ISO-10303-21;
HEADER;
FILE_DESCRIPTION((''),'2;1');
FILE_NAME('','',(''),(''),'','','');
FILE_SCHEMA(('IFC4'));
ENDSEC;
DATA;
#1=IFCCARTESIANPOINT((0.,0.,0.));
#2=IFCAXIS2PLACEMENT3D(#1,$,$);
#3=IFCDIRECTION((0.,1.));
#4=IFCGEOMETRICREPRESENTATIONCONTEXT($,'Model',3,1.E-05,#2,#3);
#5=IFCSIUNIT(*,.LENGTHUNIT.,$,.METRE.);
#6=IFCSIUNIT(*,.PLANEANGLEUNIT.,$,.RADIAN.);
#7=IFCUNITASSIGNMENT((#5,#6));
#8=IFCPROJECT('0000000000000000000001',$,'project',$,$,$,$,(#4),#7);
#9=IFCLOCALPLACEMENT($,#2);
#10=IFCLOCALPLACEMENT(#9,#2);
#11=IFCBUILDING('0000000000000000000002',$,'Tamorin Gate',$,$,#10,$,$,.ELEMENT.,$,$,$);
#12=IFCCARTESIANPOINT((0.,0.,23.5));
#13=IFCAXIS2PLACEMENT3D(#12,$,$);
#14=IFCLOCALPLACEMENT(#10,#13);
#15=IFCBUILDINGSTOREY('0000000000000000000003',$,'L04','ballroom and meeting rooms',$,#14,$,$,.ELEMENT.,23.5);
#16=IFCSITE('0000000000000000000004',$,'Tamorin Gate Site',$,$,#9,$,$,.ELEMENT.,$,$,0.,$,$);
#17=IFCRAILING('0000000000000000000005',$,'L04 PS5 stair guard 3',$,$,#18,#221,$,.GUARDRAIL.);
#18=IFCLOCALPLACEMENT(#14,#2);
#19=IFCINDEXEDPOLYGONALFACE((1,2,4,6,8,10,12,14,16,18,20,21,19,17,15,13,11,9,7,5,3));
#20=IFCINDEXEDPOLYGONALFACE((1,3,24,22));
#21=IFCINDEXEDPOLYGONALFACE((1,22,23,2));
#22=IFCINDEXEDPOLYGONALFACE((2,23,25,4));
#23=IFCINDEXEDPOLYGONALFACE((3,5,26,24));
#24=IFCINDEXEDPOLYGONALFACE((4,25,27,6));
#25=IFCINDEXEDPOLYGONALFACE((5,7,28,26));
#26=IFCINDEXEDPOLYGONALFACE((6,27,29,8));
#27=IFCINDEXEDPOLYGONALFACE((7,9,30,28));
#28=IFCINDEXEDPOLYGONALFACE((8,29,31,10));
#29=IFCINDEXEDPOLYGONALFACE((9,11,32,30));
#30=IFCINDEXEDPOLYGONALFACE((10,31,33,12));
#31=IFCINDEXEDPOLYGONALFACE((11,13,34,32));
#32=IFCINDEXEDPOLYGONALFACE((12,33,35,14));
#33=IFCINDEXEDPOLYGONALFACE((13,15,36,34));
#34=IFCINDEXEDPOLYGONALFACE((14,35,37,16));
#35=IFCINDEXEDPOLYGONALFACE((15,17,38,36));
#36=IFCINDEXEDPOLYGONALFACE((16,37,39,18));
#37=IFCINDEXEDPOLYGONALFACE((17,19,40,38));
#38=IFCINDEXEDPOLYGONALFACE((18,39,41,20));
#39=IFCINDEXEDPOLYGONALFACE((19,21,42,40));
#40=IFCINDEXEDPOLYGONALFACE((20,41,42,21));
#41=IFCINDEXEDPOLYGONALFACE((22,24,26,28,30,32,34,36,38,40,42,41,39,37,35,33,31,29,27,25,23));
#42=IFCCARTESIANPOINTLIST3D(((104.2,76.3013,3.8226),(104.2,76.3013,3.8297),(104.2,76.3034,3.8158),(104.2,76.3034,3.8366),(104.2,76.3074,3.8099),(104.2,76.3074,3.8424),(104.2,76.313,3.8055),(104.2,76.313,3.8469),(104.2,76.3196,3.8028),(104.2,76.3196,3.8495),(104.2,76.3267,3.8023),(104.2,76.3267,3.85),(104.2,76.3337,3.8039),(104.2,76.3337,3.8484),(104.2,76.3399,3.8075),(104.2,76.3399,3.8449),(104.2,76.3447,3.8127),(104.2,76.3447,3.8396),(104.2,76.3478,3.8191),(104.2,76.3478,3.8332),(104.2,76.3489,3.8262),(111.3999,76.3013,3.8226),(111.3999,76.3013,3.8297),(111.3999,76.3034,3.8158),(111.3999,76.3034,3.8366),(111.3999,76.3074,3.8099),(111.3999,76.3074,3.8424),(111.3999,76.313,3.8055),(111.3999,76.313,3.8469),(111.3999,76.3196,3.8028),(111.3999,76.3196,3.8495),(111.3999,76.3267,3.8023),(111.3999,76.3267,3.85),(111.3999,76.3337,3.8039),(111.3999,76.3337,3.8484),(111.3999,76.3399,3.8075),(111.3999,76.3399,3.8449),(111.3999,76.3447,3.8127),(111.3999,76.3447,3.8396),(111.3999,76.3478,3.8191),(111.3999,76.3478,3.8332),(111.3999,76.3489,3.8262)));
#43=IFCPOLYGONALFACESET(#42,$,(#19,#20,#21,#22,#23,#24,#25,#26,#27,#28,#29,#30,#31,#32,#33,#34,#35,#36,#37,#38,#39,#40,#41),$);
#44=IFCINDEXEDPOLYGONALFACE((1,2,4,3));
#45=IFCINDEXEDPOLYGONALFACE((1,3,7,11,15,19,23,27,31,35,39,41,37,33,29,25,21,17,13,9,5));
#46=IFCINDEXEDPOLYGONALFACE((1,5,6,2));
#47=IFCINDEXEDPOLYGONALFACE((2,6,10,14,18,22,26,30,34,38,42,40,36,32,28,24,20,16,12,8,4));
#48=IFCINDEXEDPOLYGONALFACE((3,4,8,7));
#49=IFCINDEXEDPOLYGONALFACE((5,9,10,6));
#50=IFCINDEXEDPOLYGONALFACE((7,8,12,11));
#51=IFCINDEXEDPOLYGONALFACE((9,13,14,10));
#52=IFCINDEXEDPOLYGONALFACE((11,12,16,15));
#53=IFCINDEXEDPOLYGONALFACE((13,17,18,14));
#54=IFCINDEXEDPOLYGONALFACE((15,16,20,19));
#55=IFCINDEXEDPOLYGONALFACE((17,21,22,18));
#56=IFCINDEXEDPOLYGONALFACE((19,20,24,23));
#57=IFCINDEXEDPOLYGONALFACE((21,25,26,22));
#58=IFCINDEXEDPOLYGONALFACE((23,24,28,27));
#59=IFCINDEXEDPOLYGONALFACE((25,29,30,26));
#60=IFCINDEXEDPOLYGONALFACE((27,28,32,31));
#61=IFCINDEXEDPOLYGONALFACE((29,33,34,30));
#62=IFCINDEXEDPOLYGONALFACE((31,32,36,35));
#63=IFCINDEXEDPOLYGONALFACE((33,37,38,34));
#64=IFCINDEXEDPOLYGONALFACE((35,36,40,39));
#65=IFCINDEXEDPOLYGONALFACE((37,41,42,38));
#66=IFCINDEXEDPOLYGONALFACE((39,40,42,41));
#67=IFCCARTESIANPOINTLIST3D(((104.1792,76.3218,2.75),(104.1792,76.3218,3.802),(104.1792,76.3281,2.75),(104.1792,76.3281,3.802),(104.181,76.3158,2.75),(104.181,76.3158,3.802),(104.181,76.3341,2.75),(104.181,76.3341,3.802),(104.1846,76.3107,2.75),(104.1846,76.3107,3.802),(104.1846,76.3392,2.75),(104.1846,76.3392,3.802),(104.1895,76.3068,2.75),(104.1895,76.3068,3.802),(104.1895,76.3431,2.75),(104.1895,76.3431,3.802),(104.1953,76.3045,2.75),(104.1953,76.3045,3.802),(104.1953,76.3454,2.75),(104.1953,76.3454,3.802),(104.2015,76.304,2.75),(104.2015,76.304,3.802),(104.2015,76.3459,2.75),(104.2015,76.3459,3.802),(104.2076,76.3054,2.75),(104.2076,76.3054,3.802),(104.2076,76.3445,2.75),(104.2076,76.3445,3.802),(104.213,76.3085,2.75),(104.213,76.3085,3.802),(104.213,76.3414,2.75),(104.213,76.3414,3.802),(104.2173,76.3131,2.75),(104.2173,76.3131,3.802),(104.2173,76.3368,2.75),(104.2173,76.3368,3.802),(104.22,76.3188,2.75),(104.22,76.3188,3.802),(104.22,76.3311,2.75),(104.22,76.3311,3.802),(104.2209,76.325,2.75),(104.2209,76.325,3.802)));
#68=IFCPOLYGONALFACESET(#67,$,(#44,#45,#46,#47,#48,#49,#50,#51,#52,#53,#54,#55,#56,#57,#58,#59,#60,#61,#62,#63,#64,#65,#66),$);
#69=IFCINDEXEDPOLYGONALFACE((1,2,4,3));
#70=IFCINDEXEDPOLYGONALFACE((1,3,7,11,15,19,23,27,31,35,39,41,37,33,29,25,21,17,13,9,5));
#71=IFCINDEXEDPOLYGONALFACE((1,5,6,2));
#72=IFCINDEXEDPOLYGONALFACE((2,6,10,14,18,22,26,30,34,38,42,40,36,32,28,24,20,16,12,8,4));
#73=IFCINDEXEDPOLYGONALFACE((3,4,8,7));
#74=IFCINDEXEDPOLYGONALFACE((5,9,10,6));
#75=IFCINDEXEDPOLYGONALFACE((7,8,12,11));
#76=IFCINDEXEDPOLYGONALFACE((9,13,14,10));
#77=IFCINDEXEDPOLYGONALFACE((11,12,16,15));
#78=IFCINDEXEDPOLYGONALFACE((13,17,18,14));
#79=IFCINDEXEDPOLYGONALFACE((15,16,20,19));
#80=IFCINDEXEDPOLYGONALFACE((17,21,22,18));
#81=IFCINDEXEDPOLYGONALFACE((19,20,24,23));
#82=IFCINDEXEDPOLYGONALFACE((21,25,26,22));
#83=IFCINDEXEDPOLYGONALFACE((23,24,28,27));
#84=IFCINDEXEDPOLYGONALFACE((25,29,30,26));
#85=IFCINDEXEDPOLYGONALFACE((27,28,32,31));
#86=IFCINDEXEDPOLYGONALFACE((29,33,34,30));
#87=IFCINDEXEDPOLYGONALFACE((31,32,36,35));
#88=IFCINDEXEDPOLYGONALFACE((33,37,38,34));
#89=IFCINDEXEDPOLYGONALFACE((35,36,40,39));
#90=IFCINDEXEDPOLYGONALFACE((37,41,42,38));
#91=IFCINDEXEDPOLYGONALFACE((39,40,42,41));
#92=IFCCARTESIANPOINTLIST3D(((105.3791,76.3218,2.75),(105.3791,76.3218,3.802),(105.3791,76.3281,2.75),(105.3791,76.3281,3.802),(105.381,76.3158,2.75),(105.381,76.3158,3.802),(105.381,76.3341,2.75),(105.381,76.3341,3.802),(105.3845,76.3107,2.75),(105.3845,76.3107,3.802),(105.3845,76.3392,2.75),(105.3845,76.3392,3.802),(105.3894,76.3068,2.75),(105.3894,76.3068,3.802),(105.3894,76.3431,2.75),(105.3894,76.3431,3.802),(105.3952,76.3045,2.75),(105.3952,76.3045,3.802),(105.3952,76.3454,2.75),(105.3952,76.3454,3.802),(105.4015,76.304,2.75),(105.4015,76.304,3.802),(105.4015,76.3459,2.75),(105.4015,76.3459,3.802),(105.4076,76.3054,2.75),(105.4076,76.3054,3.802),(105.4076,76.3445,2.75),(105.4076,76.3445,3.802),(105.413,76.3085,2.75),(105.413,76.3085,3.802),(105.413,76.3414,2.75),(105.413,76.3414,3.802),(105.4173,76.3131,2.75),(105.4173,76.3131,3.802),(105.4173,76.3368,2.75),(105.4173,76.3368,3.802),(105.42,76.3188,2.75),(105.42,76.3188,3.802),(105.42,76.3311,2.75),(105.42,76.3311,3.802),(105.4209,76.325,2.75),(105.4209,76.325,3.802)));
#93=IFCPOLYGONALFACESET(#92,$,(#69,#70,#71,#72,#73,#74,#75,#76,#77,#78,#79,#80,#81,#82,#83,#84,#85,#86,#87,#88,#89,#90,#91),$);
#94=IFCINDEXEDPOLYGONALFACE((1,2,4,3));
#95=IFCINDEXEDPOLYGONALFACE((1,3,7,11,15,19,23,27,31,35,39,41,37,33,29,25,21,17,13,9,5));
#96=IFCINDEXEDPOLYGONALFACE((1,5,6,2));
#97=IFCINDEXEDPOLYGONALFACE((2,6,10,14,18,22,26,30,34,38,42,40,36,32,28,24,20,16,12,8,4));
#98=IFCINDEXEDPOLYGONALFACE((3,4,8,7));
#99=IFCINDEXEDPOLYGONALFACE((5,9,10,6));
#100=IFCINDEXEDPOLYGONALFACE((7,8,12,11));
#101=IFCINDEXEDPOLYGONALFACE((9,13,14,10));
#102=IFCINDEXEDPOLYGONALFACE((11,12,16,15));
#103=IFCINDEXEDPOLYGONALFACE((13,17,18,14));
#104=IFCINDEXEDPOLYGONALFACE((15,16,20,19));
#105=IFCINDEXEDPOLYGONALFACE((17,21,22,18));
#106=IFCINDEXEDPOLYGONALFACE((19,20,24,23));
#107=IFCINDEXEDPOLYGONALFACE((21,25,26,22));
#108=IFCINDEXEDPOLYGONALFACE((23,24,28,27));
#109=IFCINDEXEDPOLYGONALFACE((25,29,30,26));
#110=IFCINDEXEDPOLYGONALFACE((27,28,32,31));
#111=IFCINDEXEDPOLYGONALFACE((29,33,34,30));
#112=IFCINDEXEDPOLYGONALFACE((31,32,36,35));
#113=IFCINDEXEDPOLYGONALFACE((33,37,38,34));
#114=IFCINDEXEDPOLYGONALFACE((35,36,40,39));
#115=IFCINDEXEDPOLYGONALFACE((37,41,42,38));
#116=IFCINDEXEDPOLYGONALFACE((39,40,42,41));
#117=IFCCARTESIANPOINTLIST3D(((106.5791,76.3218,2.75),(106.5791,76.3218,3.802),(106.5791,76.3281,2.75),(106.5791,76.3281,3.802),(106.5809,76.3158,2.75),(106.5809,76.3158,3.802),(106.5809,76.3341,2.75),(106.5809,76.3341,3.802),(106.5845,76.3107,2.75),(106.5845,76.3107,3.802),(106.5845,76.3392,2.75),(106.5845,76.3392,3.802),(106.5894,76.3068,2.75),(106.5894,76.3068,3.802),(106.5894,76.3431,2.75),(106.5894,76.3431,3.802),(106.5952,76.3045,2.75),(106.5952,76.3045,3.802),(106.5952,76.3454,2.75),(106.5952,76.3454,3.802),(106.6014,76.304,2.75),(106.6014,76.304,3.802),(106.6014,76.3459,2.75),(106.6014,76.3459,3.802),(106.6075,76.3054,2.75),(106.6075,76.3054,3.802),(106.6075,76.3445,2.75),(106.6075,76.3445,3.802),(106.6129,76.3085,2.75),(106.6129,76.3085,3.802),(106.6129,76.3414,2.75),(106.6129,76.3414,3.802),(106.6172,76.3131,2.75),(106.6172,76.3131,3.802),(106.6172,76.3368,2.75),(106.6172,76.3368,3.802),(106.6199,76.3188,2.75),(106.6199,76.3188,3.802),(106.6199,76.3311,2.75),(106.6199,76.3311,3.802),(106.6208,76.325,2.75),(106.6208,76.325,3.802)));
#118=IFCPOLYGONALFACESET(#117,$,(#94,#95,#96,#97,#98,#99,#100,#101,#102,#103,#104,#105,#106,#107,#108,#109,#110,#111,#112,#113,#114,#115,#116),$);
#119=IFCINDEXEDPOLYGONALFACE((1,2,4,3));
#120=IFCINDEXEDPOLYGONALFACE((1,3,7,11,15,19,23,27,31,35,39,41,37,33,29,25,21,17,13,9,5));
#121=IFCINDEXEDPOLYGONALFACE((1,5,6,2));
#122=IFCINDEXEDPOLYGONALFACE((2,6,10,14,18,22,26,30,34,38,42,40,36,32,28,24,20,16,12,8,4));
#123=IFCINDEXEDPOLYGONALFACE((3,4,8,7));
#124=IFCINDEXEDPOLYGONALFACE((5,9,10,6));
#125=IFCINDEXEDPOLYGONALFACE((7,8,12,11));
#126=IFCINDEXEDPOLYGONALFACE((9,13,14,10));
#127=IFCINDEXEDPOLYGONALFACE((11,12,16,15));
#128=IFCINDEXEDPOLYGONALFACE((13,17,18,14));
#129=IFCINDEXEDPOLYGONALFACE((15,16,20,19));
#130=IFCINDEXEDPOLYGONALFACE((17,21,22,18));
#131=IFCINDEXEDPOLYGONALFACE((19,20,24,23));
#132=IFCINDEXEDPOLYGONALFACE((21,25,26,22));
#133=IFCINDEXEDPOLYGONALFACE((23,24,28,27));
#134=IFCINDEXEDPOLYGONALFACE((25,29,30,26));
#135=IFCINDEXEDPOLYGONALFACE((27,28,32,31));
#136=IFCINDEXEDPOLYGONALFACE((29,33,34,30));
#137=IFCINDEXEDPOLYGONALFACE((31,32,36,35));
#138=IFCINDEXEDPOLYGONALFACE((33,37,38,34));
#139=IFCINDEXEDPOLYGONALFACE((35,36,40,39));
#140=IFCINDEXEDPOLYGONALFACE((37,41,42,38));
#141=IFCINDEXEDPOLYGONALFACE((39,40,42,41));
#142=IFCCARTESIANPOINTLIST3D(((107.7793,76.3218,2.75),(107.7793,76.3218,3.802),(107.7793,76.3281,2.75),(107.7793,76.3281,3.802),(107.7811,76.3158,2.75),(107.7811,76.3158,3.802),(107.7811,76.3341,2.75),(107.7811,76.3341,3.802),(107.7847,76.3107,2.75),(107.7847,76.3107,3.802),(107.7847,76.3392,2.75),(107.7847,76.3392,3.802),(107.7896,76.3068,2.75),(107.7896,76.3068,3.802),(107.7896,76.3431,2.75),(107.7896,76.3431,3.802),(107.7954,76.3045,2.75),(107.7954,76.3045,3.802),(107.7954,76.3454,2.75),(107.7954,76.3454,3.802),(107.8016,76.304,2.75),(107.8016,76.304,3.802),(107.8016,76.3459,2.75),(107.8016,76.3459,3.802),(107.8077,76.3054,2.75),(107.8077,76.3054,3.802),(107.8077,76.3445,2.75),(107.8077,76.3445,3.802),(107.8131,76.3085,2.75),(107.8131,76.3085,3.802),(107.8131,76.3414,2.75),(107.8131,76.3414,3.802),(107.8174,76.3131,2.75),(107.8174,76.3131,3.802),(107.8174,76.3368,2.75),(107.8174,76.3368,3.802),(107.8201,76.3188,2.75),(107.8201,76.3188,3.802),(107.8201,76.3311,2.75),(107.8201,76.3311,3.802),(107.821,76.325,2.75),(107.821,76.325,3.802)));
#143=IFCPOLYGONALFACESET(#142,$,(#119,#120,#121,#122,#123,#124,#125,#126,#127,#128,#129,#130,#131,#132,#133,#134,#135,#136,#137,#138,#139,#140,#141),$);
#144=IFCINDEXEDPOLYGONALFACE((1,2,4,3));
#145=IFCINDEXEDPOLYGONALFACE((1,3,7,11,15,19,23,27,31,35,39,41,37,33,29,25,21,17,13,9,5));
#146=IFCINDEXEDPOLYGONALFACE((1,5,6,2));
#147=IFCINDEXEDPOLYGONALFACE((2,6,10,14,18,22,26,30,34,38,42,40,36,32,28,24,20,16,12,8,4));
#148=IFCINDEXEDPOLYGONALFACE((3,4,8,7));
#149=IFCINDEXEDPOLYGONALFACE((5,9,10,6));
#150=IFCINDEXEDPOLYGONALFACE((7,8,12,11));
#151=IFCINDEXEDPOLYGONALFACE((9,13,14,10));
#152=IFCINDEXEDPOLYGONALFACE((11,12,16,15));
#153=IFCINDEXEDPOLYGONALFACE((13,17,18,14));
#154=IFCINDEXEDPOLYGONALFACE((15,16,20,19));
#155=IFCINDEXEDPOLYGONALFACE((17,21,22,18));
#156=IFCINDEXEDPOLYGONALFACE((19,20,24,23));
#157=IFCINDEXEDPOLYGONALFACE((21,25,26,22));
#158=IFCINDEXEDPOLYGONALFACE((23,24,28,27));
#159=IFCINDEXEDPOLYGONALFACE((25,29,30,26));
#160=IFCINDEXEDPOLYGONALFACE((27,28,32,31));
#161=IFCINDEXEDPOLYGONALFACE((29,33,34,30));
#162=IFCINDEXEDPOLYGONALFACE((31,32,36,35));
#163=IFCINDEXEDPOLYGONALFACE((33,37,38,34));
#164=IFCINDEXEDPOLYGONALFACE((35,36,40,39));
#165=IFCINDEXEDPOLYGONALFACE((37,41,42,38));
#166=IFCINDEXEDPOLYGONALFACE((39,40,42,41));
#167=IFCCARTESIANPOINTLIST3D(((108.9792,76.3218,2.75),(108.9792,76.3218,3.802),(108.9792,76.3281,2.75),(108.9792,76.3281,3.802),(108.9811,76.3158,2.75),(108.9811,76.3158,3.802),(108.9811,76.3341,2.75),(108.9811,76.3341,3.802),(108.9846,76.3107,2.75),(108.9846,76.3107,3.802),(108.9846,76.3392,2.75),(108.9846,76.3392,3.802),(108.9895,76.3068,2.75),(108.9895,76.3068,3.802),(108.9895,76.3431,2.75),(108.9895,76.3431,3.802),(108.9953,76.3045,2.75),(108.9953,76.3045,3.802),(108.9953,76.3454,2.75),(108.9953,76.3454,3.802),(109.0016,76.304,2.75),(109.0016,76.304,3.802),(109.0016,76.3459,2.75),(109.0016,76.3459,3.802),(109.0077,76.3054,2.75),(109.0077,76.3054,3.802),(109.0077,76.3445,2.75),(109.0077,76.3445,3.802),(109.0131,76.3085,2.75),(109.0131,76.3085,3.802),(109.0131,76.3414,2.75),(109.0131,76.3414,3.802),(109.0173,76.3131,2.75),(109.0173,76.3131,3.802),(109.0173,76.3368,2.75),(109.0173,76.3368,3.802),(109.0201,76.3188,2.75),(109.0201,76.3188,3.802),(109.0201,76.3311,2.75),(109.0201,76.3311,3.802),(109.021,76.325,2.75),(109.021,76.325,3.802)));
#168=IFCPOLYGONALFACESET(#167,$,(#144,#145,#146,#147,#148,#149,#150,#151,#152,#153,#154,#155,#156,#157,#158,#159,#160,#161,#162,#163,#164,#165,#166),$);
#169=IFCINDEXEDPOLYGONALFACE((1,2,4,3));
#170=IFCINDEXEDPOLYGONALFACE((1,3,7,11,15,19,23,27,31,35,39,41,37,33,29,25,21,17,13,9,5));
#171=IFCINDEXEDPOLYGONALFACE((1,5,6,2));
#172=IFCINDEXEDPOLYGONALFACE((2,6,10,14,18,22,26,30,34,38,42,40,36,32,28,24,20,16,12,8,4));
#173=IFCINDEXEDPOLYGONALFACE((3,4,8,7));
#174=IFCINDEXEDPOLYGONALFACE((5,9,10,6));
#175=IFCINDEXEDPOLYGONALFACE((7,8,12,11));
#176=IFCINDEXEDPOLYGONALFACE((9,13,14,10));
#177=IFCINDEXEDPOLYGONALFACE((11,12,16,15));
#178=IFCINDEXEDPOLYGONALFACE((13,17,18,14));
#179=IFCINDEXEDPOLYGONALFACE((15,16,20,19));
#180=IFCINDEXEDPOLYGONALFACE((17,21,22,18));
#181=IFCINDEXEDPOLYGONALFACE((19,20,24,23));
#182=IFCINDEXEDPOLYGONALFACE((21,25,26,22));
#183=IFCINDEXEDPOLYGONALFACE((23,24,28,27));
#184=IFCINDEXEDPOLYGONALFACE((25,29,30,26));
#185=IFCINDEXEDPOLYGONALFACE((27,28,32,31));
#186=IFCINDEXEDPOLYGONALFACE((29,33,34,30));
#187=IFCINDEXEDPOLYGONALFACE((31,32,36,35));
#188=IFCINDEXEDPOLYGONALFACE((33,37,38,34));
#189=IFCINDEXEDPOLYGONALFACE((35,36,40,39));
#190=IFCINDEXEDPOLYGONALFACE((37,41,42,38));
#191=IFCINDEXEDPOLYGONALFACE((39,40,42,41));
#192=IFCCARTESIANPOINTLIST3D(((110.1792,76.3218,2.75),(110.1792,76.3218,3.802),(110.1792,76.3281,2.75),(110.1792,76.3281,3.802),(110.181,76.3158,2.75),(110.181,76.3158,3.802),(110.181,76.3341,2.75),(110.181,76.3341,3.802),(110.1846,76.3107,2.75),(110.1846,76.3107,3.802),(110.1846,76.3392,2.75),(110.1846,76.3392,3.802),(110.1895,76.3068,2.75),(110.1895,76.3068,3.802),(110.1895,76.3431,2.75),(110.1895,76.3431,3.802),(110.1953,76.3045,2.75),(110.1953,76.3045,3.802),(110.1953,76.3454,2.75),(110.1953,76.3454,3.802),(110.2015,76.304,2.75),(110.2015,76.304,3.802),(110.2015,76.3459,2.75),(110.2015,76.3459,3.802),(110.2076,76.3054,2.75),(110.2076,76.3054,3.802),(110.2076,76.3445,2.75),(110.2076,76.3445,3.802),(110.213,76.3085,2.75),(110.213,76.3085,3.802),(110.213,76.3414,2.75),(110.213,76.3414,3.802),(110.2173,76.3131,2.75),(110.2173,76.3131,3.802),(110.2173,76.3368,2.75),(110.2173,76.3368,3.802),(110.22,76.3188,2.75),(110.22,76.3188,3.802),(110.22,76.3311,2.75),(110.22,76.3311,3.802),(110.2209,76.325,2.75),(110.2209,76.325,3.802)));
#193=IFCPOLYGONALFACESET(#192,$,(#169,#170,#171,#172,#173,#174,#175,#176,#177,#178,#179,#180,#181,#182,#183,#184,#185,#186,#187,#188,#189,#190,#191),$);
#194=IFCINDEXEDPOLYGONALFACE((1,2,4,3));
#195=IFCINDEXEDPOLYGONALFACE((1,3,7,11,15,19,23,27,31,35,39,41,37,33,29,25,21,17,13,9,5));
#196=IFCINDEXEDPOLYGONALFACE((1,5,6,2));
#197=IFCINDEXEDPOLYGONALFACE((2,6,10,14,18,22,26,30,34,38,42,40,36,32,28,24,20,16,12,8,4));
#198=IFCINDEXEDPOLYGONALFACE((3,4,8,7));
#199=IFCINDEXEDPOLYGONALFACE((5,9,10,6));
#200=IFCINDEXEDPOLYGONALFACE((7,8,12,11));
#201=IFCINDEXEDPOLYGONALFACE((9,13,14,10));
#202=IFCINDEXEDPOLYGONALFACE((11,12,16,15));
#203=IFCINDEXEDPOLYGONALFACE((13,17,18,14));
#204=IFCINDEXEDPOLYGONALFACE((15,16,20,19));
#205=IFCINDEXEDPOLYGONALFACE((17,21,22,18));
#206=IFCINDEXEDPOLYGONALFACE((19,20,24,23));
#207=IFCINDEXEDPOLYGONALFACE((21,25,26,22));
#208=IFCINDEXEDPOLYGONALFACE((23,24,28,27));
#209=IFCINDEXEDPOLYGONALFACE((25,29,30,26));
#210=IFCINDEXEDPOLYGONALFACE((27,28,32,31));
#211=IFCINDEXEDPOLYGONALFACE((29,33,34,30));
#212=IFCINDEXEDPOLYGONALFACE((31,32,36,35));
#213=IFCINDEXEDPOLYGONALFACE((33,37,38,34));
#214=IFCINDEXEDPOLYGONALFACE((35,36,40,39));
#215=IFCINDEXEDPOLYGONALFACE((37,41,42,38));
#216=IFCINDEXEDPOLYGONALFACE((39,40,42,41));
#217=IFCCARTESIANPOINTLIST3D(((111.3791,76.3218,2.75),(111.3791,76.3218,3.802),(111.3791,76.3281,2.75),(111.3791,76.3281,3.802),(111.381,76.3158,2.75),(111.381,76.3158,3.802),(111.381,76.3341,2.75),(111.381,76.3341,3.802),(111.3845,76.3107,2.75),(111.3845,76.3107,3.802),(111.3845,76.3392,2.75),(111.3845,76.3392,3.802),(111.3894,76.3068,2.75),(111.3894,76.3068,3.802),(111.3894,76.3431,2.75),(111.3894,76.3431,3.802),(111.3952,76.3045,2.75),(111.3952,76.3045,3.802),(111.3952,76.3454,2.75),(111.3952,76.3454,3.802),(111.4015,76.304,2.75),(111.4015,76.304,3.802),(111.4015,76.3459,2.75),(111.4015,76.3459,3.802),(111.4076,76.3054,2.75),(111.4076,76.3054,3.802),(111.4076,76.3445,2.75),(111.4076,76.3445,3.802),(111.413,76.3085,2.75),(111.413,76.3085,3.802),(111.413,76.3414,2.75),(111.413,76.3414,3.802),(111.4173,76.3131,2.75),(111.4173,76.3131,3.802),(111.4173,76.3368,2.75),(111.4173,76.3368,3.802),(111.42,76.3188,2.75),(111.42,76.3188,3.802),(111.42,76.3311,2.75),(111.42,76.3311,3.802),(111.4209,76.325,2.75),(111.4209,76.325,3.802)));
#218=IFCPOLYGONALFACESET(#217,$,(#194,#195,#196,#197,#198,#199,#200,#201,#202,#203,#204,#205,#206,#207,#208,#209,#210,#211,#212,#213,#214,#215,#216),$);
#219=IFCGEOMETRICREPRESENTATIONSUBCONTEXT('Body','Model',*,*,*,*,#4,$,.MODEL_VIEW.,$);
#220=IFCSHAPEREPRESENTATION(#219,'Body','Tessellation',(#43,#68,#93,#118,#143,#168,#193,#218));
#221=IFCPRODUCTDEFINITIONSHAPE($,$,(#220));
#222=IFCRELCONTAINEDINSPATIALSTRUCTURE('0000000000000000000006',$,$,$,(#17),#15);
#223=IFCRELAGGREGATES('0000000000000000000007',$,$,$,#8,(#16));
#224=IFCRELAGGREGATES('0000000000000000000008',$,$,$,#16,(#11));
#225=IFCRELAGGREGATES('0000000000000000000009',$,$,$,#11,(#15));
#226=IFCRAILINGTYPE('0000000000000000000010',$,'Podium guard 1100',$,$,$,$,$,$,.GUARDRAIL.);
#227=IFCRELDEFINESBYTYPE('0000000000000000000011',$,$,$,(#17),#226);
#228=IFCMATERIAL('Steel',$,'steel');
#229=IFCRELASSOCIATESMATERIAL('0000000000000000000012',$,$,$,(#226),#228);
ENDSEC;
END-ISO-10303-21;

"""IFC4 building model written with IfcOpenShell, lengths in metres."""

from ifc_helpers import new_model, si_unit, direction, frame, origin, origin_2d, place, context, subcontext, project, spatial, circle, extrude, material, type_object, element, save


model = new_model("IFC4")

# Units and contexts
model_context = context("Model", 3, precision=1e-05, world=origin(), true_north=direction((0.0, 1.0)))
body_context = subcontext(model_context, "Body", "Model", "MODEL_VIEW")
ifc_project = project(units=[si_unit("LENGTHUNIT", "METRE"), si_unit("PLANEANGLEUNIT", "RADIAN")], contexts=[model_context])

# Site, building, storey
site_placement = place(None, origin())
site = spatial("IfcSite", under=ifc_project, at=site_placement, Name="Tamorin Gate Site", CompositionType="ELEMENT", RefElevation=0.0)
building_placement = place(site_placement, origin())
building = spatial("IfcBuilding", under=site, at=building_placement, Name="Tamorin Gate", CompositionType="ELEMENT")
storey_placement = place(building_placement, frame((0.0, 0.0, 23.5)))
storey = spatial("IfcBuildingStorey", under=building, at=storey_placement, Name="L04", Description="ballroom and meeting rooms", CompositionType="ELEMENT", Elevation=23.5)

# Railing
ifc_material_1 = material(Name="Steel", Category="steel")
railing_type_1 = type_object("IfcRailingType", Name="Podium guard 1100", PredefinedType="GUARDRAIL", material=ifc_material_1)
for number, where, name in (
    (1, (104.2, 76.325, 2.75), "L04 PS5 stair guard 3"),
):
    element("IfcRailing", number, at=place(storey_placement, frame(where)), inside=storey, type_object=railing_type_1, Name=name, PredefinedType="GUARDRAIL", context=body_context, shape_type="SweptSolid", body=[
        extrude(circle(Radius=0.0239, at=origin_2d()), frame((0.0, 0.0, 1.0762), z_axis=(1.0, 0.0, 0.0), x_axis=(0.0, 1.0, 0.0)), (0.0, 0.0, 1.0), 7.2),
        extrude(circle(Radius=0.021, at=origin_2d()), origin(), (0.0, 0.0, 1.0), 1.052),
        extrude(circle(Radius=0.021, at=origin_2d()), frame((1.2, 0.0, 0.0)), (0.0, 0.0, 1.0), 1.052),
        extrude(circle(Radius=0.021, at=origin_2d()), frame((2.3999, 0.0, 0.0)), (0.0, 0.0, 1.0), 1.052),
        extrude(circle(Radius=0.021, at=origin_2d()), frame((3.6001, 0.0, 0.0)), (0.0, 0.0, 1.0), 1.052),
        extrude(circle(Radius=0.021, at=origin_2d()), frame((4.8, 0.0, 0.0)), (0.0, 0.0, 1.0), 1.052),
        extrude(circle(Radius=0.021, at=origin_2d()), frame((6.0, 0.0, 0.0)), (0.0, 0.0, 1.0), 1.052),
        extrude(circle(Radius=0.021, at=origin_2d()), frame((7.2, 0.0, 0.0)), (0.0, 0.0, 1.0), 1.052),
    ])

save(model, "model.ifc")
